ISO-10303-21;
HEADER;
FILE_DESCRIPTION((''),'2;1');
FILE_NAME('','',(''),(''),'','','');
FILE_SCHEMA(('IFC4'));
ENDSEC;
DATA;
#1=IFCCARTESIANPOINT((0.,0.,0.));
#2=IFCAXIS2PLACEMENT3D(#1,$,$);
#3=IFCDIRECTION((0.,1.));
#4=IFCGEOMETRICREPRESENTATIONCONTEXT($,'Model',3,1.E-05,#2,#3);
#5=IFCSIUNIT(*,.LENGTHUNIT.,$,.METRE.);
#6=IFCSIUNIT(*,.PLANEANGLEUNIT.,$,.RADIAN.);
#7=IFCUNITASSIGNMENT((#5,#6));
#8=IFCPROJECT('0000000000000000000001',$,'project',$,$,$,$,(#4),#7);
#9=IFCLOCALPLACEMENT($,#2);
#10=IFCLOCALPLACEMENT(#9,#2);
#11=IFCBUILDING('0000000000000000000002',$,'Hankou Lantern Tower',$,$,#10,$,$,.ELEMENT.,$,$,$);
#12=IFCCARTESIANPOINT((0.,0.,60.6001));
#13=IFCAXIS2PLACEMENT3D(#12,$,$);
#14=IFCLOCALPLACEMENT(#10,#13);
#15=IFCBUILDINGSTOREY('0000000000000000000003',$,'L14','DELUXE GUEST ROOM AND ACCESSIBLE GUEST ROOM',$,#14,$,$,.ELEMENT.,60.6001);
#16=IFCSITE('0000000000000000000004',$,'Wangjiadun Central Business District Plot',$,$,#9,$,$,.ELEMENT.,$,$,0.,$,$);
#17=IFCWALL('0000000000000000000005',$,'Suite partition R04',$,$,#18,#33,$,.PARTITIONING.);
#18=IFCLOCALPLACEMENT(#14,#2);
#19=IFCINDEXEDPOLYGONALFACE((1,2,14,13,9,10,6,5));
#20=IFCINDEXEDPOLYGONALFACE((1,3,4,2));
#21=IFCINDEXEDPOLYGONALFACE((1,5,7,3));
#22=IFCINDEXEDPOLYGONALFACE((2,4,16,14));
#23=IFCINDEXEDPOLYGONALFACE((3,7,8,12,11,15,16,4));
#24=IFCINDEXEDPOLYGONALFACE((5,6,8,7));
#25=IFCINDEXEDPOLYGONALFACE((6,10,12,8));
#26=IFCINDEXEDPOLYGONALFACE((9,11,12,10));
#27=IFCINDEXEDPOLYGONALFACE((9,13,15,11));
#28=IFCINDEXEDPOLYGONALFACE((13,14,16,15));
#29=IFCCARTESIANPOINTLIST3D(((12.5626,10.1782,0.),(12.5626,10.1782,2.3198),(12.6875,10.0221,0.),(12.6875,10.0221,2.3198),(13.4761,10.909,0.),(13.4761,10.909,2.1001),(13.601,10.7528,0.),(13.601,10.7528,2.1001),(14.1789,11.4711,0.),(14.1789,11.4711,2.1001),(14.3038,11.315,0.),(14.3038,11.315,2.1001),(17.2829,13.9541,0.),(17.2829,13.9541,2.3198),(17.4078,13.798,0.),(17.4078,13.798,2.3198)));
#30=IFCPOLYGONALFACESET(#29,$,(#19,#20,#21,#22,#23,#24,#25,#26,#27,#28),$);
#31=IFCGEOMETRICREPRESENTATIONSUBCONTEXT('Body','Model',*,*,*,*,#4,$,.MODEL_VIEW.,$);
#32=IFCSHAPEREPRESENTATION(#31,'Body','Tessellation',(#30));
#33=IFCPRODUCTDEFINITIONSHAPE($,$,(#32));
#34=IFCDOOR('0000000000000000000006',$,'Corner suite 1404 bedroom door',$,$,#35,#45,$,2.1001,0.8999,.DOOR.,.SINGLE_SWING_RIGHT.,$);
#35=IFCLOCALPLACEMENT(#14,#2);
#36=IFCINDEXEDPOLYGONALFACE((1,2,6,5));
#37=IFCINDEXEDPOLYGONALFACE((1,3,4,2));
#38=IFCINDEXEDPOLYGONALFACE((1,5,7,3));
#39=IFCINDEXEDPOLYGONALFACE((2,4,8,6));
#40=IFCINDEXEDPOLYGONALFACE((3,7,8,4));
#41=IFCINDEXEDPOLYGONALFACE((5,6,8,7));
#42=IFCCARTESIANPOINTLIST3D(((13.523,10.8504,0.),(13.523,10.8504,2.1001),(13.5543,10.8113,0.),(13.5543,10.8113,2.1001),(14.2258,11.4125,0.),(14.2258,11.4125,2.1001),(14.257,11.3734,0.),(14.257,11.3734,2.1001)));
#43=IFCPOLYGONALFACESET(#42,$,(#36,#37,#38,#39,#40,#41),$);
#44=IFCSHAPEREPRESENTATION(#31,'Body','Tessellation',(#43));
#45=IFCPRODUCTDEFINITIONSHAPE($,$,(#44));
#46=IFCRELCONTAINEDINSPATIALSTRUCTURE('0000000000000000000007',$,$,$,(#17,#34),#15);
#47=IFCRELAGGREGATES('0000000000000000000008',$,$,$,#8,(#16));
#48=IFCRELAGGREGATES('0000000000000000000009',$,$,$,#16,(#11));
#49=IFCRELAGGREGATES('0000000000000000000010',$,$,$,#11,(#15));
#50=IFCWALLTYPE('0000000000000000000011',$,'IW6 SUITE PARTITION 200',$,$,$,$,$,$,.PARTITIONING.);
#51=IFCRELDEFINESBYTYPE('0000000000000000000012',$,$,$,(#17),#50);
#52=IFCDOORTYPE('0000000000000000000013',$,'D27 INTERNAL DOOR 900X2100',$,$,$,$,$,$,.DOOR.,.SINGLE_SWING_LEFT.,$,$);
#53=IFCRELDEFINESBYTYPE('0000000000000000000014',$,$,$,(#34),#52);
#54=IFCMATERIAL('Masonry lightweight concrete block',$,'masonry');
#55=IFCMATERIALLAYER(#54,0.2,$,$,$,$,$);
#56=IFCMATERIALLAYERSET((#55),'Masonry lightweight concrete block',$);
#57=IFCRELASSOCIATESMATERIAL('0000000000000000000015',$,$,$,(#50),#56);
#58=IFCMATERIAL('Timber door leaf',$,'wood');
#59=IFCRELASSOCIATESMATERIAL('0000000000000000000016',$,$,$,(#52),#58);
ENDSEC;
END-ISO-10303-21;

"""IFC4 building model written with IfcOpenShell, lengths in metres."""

from ifc_helpers import new_model, si_unit, direction, frame, frame_2d, origin, place, context, subcontext, project, spatial, rectangle, extrude, material, layer, layer_set, type_object, element, fill, save


model = new_model("IFC4")

# Units and contexts
model_context = context("Model", 3, precision=1e-05, world=origin(), true_north=direction((0.0, 1.0)))
body_context = subcontext(model_context, "Body", "Model", "MODEL_VIEW")
ifc_project = project(units=[si_unit("LENGTHUNIT", "METRE"), si_unit("PLANEANGLEUNIT", "RADIAN")], contexts=[model_context])

# Site, building, storey
site_placement = place(None, origin())
site = spatial("IfcSite", under=ifc_project, at=site_placement, Name="Wangjiadun Central Business District Plot", CompositionType="ELEMENT", RefElevation=0.0)
building_placement = place(site_placement, origin())
building = spatial("IfcBuilding", under=site, at=building_placement, Name="Hankou Lantern Tower", CompositionType="ELEMENT")
storey_placement = place(building_placement, frame((0.0, 0.0, 60.6001)))
storey = spatial("IfcBuildingStorey", under=building, at=storey_placement, Name="L14", Description="DELUXE GUEST ROOM AND ACCESSIBLE GUEST ROOM", CompositionType="ELEMENT", Elevation=60.6001)

# Wall, opening, door
ifc_material_1 = material(Name="Masonry lightweight concrete block", Category="masonry")
ifc_layer_1 = layer(ifc_material_1, 0.2)
ifc_layer_set_1 = layer_set([ifc_layer_1], Name="Masonry lightweight concrete block")
wall_type_1 = type_object("IfcWallType", Name="IW6 SUITE PARTITION 200", PredefinedType="PARTITIONING", material=ifc_layer_set_1)
wall_1_placement = place(storey_placement, frame((12.625, 10.1001, 0.0), z_axis=(0.0, 0.0, 1.0), x_axis=(0.780892, 0.624665, 0.0)))
wall_1 = element("IfcWall", 1, at=wall_1_placement, inside=storey, type_object=wall_type_1, Name="Suite partition R04", PredefinedType="PARTITIONING", context=body_context, shape_type="SweptSolid", body=[
    extrude(rectangle(XDim=6.0447, YDim=0.2, at=frame_2d((3.0225, 0.0))), origin(), (0.0, 0.0, 1.0), 2.3198),
])
opening_1_placement = place(wall_1_placement, frame((1.1699, 0.0, 0.0)))
opening_1 = element("IfcOpeningElement", 2, at=opening_1_placement, cuts=wall_1, PredefinedType="OPENING", context=body_context, shape_type="SweptSolid", body=[
    extrude(rectangle(XDim=0.8999, YDim=2.1001, at=frame_2d((0.45, 1.05))), frame((0.0, 0.1099, 0.0), z_axis=(0.0, -1.0, 0.0), x_axis=(1.0, 0.0, 0.0)), (0.0, 0.0, 1.0), 0.22),
])
ifc_material_2 = material(Name="Timber door leaf", Category="wood")
door_type = type_object("IfcDoorType", Name="D27 INTERNAL DOOR 900X2100", OperationType="SINGLE_SWING_LEFT", PredefinedType="DOOR", material=ifc_material_2)
door_placement = place(opening_1_placement, origin())
door = element("IfcDoor", 3, at=door_placement, inside=storey, type_object=door_type, Name="Corner suite 1404 bedroom door", OperationType="SINGLE_SWING_RIGHT", OverallHeight=2.1001, OverallWidth=0.8999, PredefinedType="DOOR", context=body_context, shape_type="SweptSolid", body=[
    extrude(rectangle(XDim=0.8999, YDim=2.1001, at=frame_2d((0.45, 1.05))), frame((0.0, 0.0249, 0.0), z_axis=(0.0, -1.0, 0.0), x_axis=(1.0, 0.0, 0.0)), (0.0, 0.0, 1.0), 0.05),
])
fill(opening_1, door)

save(model, "model.ifc")
